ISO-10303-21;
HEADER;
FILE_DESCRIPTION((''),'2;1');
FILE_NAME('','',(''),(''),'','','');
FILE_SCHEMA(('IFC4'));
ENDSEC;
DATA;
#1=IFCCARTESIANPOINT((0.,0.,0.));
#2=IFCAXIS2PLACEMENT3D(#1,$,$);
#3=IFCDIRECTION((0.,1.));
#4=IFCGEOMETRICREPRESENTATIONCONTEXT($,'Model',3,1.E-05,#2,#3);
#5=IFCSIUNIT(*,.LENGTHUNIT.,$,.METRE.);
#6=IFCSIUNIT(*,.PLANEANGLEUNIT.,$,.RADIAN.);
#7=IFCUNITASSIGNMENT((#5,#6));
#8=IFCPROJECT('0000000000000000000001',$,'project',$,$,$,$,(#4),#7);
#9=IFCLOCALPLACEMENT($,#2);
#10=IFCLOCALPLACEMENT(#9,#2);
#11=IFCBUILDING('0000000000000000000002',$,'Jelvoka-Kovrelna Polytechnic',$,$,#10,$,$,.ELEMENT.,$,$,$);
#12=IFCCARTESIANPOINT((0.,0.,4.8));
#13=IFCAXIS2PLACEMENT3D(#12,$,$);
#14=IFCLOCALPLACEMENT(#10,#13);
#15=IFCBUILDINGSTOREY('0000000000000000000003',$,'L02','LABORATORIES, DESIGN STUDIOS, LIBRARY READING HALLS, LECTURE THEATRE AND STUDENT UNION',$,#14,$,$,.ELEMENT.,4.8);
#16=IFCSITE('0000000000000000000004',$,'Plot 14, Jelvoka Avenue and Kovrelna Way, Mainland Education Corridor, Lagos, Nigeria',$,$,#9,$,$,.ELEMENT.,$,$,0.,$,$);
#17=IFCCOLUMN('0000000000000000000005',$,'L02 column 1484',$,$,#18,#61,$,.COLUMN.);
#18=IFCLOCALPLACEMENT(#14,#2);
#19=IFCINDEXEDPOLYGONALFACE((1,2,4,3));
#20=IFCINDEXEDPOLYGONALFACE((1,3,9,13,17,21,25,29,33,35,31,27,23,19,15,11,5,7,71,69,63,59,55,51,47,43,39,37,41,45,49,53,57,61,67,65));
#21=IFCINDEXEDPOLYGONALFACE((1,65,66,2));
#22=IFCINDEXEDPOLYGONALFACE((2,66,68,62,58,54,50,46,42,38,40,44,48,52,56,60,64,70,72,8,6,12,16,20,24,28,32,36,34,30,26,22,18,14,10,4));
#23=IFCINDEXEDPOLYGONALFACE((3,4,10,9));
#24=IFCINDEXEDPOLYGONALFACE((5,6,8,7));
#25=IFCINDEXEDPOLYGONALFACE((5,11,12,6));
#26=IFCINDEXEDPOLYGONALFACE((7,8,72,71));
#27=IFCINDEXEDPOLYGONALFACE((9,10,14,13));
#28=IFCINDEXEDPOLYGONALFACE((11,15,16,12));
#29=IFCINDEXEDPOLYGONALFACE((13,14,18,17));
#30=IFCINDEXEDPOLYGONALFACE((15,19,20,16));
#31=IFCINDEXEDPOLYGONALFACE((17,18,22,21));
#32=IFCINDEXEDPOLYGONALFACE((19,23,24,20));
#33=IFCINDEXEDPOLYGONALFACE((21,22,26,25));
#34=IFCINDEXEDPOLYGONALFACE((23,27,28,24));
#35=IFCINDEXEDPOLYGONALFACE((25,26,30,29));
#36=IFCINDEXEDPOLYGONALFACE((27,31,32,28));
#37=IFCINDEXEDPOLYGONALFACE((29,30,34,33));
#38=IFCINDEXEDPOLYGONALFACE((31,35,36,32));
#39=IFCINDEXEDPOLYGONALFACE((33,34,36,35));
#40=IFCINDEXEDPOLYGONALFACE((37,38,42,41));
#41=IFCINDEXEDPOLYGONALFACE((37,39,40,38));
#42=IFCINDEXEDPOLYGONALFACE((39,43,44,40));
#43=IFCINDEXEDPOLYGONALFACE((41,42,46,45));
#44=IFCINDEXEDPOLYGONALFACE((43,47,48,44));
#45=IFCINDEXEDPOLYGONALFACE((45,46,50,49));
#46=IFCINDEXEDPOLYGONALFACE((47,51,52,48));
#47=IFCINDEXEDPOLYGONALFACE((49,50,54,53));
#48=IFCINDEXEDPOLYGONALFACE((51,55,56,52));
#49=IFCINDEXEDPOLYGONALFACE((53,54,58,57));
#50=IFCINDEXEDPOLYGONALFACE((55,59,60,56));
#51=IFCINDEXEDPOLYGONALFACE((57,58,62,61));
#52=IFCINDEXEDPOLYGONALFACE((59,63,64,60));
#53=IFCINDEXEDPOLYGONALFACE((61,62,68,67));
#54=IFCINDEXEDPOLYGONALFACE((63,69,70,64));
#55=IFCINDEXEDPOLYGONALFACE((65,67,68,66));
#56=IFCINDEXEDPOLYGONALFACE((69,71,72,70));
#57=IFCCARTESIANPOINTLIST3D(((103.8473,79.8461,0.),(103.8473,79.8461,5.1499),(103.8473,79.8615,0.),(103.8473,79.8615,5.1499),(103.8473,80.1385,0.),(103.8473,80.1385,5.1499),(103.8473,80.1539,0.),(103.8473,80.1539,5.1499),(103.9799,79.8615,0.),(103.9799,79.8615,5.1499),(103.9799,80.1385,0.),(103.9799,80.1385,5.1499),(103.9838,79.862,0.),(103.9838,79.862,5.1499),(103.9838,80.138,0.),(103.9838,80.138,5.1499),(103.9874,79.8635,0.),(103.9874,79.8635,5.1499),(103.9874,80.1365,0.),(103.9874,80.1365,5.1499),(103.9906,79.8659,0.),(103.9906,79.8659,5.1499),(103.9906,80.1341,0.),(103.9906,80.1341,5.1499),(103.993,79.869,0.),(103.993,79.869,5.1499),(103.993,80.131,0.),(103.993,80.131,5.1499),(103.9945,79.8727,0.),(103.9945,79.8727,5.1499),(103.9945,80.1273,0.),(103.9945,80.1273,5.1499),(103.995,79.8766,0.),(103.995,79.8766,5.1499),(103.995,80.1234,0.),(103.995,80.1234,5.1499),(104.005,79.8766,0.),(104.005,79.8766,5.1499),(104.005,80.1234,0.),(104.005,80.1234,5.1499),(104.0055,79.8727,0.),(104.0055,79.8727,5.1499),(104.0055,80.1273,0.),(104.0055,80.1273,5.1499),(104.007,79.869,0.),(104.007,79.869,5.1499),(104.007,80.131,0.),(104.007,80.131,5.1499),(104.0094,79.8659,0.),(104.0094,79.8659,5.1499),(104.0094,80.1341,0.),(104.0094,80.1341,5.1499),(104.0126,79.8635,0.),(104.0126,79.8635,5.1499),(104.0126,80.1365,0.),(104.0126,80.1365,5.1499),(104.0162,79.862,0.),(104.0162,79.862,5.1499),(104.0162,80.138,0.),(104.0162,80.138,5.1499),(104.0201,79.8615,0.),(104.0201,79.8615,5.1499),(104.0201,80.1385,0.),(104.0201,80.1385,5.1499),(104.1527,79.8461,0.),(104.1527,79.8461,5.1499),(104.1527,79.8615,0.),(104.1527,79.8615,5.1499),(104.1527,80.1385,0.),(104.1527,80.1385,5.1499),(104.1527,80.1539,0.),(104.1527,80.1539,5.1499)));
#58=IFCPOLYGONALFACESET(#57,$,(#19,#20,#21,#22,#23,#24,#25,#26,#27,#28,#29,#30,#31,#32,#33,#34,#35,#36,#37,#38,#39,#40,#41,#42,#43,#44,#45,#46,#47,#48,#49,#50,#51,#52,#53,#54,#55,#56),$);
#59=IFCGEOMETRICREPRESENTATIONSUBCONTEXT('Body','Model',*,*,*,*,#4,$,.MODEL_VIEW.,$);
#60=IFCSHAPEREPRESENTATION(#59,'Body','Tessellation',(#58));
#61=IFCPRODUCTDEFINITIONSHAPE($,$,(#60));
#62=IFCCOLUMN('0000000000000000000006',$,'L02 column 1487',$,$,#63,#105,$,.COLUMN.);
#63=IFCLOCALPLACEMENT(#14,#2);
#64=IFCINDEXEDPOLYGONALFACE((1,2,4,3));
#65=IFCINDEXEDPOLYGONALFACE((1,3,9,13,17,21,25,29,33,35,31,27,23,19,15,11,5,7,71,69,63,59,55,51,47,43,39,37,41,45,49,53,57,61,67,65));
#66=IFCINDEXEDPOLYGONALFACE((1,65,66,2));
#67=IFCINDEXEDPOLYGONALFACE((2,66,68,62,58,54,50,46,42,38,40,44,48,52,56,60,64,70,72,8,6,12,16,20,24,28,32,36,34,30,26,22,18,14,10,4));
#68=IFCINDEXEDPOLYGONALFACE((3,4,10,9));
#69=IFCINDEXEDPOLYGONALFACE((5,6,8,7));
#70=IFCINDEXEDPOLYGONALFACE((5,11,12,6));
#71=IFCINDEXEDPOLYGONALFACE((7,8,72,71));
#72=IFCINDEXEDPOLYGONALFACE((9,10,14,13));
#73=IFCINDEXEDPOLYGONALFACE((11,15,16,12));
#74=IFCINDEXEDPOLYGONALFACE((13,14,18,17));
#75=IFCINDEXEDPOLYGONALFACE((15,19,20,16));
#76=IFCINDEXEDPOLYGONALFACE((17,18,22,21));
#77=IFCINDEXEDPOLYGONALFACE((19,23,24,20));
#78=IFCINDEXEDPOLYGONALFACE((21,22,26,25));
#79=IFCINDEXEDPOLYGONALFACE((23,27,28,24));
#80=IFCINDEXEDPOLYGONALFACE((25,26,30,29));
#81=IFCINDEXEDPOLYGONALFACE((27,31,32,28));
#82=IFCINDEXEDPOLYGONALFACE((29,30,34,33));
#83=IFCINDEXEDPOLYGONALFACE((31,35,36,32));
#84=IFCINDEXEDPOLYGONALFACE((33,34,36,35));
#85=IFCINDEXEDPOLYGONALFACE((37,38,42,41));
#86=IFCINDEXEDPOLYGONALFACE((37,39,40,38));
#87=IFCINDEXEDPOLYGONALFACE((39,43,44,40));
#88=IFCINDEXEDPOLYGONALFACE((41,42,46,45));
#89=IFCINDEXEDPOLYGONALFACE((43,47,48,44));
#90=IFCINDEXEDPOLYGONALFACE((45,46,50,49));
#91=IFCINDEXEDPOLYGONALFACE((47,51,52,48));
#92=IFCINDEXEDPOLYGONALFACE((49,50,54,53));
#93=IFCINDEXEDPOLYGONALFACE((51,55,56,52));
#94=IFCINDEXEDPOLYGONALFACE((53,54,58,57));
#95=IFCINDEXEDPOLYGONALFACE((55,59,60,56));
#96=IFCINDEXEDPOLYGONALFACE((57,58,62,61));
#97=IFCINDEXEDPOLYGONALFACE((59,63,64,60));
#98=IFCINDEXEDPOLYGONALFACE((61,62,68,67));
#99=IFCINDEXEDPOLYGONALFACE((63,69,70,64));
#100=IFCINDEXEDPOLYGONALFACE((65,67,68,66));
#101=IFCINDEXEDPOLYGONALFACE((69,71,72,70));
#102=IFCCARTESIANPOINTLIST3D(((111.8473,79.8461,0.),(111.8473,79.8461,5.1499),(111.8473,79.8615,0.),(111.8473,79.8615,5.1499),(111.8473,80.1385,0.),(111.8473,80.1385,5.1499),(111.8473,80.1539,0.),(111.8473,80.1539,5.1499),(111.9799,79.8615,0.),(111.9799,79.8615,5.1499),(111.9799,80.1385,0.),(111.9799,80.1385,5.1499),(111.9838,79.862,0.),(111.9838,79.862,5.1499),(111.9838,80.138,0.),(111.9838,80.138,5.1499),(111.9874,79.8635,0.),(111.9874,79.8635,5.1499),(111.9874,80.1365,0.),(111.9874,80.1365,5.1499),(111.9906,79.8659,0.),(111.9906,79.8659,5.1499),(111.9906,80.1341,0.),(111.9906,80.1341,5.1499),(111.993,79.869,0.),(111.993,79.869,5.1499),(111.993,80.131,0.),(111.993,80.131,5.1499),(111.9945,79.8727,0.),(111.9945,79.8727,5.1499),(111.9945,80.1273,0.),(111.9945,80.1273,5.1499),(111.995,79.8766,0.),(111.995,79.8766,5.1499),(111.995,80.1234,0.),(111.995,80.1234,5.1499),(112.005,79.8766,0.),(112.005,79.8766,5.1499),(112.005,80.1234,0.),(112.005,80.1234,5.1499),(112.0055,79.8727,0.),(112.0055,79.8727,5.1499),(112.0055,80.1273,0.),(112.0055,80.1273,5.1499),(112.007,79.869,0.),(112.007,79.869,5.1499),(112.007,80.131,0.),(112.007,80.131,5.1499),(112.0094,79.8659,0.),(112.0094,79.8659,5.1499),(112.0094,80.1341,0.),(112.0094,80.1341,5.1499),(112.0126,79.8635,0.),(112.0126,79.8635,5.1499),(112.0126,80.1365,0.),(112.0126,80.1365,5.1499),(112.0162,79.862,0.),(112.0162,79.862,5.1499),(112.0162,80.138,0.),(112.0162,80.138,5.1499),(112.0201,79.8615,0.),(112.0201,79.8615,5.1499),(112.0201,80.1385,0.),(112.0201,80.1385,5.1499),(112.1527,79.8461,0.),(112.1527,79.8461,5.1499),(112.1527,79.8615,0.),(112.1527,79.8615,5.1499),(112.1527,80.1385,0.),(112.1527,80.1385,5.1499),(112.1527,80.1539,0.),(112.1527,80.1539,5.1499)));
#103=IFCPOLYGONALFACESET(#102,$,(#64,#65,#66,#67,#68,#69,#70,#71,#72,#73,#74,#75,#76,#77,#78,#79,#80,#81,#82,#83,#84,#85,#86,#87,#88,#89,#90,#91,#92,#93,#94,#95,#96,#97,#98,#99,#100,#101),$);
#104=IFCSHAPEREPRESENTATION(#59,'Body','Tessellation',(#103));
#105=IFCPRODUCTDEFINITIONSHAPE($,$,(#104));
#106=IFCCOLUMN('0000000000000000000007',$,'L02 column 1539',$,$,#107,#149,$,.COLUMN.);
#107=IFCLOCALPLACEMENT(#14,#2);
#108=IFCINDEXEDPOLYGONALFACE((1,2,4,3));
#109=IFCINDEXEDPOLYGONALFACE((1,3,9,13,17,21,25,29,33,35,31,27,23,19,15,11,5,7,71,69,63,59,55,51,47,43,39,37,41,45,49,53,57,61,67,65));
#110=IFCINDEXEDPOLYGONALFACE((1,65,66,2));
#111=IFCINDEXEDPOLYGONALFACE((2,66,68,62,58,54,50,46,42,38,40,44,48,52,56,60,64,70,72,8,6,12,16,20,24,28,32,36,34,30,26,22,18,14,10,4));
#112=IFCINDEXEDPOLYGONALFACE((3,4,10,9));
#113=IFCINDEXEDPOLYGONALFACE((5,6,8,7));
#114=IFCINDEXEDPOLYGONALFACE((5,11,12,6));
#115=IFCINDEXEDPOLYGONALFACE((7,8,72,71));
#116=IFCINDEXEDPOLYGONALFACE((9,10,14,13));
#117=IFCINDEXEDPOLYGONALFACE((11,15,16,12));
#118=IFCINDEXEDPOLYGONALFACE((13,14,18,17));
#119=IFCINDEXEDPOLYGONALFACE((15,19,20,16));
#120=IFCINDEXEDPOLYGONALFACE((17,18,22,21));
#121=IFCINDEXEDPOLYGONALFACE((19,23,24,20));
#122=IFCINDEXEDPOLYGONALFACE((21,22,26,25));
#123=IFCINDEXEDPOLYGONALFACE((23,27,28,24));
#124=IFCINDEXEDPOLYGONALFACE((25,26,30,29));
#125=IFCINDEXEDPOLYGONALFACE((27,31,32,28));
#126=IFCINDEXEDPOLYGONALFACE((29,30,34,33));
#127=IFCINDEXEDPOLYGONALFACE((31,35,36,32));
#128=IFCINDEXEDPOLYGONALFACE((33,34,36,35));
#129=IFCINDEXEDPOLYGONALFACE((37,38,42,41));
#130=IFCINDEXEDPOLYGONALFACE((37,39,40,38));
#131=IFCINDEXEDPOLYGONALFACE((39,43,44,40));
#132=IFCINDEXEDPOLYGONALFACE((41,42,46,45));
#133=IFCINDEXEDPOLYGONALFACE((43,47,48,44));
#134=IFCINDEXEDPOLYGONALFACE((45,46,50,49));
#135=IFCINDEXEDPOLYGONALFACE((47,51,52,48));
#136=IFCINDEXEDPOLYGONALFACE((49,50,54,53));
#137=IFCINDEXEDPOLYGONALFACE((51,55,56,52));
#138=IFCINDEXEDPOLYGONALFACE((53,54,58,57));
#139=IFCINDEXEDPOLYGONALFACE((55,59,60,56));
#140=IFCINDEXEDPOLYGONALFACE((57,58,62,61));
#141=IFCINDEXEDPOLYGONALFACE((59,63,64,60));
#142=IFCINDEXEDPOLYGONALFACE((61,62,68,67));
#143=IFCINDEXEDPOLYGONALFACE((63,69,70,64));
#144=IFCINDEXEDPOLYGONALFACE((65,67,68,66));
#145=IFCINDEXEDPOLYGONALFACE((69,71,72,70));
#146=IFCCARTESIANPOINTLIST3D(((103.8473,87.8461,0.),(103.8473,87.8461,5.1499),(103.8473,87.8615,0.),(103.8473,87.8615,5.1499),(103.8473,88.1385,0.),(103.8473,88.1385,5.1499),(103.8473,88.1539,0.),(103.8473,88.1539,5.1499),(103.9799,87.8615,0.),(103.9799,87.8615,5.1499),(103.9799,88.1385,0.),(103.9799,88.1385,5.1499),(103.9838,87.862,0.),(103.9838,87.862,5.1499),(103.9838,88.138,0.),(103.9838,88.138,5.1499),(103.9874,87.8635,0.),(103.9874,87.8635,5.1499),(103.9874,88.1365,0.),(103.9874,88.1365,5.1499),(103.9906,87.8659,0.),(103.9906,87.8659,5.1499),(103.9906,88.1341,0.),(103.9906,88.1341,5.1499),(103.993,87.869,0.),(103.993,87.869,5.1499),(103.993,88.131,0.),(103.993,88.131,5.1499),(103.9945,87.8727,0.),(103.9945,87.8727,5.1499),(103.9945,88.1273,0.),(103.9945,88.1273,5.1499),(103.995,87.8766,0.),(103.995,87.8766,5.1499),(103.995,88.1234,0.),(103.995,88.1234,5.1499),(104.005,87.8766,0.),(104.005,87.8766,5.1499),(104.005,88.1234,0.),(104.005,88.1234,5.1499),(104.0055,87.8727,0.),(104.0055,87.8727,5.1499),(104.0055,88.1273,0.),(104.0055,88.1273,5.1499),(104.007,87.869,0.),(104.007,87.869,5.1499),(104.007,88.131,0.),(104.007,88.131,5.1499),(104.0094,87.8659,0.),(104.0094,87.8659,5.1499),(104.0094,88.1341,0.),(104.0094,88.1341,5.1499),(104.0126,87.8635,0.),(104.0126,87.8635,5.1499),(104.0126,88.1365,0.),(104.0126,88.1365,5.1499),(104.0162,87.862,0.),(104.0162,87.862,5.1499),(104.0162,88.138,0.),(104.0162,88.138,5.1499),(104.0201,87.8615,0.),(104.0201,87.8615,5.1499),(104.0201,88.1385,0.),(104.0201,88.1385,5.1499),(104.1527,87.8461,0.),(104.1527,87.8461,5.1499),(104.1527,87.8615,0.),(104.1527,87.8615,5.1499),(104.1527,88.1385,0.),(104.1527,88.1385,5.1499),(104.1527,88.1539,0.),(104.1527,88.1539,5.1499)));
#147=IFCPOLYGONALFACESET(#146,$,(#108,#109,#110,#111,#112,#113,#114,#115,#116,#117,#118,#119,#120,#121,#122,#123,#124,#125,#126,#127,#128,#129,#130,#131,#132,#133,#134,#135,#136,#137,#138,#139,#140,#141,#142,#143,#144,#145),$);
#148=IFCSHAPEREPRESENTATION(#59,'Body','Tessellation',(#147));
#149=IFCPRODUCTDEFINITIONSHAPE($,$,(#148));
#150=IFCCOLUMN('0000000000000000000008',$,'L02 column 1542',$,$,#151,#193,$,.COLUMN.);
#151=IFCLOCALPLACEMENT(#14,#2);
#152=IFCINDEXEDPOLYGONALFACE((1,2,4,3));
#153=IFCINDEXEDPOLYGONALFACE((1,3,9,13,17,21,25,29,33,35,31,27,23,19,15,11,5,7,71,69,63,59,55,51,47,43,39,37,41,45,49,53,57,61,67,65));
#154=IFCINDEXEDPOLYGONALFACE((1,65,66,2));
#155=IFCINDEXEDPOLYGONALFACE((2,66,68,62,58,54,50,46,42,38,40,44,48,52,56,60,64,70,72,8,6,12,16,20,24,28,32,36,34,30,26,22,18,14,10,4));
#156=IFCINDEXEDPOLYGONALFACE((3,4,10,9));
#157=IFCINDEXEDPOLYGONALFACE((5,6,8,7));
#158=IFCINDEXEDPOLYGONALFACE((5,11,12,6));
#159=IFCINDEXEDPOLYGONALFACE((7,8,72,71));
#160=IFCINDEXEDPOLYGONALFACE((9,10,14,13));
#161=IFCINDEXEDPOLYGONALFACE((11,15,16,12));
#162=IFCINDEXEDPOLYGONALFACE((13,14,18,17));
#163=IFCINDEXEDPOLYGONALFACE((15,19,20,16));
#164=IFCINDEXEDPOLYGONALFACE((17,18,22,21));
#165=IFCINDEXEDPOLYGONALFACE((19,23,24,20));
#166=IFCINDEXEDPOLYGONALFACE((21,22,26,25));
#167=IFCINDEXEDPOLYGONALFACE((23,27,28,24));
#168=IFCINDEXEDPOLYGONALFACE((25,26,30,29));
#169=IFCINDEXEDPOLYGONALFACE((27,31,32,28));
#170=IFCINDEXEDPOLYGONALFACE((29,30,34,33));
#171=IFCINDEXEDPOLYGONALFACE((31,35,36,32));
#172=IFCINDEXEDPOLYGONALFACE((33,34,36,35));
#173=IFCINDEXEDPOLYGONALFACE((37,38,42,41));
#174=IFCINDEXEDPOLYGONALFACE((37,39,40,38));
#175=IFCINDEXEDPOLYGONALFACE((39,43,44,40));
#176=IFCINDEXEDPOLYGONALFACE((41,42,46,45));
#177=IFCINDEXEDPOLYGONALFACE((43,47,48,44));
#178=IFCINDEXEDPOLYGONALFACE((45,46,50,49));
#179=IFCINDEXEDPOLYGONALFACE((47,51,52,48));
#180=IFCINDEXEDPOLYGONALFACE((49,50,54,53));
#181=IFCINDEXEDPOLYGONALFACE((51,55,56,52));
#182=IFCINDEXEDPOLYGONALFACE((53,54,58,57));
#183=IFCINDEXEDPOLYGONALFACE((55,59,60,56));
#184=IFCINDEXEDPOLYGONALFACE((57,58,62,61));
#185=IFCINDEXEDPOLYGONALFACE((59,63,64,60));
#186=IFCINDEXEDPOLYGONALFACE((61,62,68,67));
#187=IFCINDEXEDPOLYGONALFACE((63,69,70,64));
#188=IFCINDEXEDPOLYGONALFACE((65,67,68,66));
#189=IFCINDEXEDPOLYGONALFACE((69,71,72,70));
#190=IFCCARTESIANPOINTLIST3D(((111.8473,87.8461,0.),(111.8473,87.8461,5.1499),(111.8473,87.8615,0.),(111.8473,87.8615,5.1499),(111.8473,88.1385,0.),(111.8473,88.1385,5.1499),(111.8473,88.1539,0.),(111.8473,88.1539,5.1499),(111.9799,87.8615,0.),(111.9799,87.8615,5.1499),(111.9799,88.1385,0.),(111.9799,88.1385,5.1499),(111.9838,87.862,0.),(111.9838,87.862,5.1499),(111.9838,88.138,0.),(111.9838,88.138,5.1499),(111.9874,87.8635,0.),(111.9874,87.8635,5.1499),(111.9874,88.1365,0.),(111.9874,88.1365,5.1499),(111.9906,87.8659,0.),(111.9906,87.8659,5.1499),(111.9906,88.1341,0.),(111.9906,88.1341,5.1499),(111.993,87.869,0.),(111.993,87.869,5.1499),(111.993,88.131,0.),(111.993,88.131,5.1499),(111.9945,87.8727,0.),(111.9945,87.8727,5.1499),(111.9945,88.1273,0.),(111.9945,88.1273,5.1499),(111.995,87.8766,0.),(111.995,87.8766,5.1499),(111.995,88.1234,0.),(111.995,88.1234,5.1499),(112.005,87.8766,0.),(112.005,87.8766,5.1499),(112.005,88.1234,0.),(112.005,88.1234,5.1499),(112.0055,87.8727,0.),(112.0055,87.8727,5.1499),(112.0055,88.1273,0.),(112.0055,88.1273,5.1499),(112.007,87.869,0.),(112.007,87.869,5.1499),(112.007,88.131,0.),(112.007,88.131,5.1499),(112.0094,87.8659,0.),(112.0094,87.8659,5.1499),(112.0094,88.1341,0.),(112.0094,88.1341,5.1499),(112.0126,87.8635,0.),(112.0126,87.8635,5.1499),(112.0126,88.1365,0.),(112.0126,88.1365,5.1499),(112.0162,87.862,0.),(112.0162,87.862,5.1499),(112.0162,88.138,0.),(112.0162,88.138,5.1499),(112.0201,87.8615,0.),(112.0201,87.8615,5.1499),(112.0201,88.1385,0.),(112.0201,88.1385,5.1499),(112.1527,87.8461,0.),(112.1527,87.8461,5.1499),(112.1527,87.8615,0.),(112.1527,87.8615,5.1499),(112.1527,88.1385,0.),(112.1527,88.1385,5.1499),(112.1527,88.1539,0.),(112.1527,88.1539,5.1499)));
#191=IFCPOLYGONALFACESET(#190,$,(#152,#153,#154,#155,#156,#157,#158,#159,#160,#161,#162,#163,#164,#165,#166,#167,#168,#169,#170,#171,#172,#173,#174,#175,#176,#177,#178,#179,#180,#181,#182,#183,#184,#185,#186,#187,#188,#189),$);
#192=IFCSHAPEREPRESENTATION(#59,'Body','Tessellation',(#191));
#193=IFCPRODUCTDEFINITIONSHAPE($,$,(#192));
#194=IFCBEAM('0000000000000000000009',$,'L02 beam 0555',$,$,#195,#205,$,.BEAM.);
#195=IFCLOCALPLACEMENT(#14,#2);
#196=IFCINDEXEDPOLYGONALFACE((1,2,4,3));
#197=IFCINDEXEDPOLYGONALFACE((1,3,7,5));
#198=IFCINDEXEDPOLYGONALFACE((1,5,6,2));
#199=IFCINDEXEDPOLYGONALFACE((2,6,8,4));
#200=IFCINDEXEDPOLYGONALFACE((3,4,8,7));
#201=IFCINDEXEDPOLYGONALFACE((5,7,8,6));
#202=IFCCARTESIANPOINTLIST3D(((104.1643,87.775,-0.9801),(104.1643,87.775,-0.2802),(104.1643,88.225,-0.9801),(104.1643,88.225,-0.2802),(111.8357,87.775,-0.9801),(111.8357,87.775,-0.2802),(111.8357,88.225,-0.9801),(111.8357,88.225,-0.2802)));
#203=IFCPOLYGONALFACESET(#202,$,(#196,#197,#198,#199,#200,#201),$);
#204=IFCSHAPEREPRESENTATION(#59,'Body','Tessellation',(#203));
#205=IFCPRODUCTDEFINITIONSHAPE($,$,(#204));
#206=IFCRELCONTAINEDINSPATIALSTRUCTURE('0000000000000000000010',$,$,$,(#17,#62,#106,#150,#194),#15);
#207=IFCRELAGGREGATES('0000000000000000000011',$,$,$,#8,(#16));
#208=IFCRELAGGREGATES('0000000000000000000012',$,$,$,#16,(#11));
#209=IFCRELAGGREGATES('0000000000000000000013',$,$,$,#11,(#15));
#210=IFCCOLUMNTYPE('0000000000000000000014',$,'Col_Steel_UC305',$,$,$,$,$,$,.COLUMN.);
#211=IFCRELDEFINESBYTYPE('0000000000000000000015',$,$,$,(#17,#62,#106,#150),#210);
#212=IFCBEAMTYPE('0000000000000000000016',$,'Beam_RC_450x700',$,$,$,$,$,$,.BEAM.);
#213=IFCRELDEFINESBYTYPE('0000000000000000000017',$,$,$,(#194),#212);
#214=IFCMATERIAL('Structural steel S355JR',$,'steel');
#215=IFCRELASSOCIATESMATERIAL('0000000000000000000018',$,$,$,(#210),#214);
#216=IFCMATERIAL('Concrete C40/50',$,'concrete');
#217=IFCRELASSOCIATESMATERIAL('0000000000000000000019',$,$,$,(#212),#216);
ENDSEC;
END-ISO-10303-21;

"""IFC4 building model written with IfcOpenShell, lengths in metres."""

from ifc_helpers import new_model, si_unit, direction, frame, origin, origin_2d, place, context, subcontext, project, spatial, rectangle, i_section, extrude, material, material_profile, profile_set, type_object, element, save


model = new_model("IFC4")

# Units and contexts
model_context = context("Model", 3, precision=1e-05, world=origin(), true_north=direction((0.0, 1.0)))
body_context = subcontext(model_context, "Body", "Model", "MODEL_VIEW")
ifc_project = project(units=[si_unit("LENGTHUNIT", "METRE"), si_unit("PLANEANGLEUNIT", "RADIAN")], contexts=[model_context])

# Site, building, storey
site_placement = place(None, origin())
site = spatial("IfcSite", under=ifc_project, at=site_placement, Name="Plot 14, Jelvoka Avenue and Kovrelna Way, Mainland Education Corridor, Lagos, Nigeria", CompositionType="ELEMENT", RefElevation=0.0)
building_placement = place(site_placement, origin())
building = spatial("IfcBuilding", under=site, at=building_placement, Name="Jelvoka-Kovrelna Polytechnic", CompositionType="ELEMENT")
storey_placement = place(building_placement, frame((0.0, 0.0, 4.8)))
storey = spatial("IfcBuildingStorey", under=building, at=storey_placement, Name="L02", Description="LABORATORIES, DESIGN STUDIOS, LIBRARY READING HALLS, LECTURE THEATRE AND STUDENT UNION", CompositionType="ELEMENT", Elevation=4.8)

# Columns
ifc_material_1 = material(Name="Structural steel S355JR", Category="steel")
ifc_material_profile_1 = material_profile(ifc_material_1, i_section(OverallWidth=0.3054, OverallDepth=0.3079, WebThickness=0.01, FlangeThickness=0.0154, FilletRadius=0.0151, at=origin_2d()), Name="305x305x97 UC")
ifc_profile_set_1 = profile_set([ifc_material_profile_1], Name="Structural steel S355JR")
column_type = type_object("IfcColumnType", Name="Col_Steel_UC305", PredefinedType="COLUMN", material=ifc_profile_set_1)
for number, where, z_axis, x_axis, name in (
    (1, (104.0, 80.0, 0.0), (0.0, 0.0, 1.0), (1.0, 0.0, 0.0), "L02 column 1484"),
    (2, (112.0, 80.0, 0.0), (0.0, 0.0, 1.0), (1.0, 0.0, 0.0), "L02 column 1487"),
    (3, (104.0, 88.0, 0.0), (0.0, 0.0, 1.0), (1.0, 0.0, 0.0), "L02 column 1539"),
    (4, (112.0, 88.0, 0.0), (0.0, 0.0, 1.0), (1.0, 0.0, 0.0), "L02 column 1542"),
):
    element("IfcColumn", number, at=place(storey_placement, frame(where, z_axis=z_axis, x_axis=x_axis)), inside=storey, type_object=column_type, Name=name, PredefinedType="COLUMN", context=body_context, shape_type="SweptSolid", body=[
        extrude(i_section(OverallWidth=0.3054, OverallDepth=0.3079, WebThickness=0.01, FlangeThickness=0.0154, FilletRadius=0.0151, at=origin_2d()), origin(), (0.0, 0.0, 1.0), 5.1499),
    ])

# Beam
ifc_material_2 = material(Name="Concrete C40/50", Category="concrete")
ifc_material_profile_2 = material_profile(ifc_material_2, rectangle(XDim=0.45, YDim=0.7, at=origin_2d()), Name="RC 450x700")
ifc_profile_set_2 = profile_set([ifc_material_profile_2], Name="Concrete C40/50")
beam_type_1 = type_object("IfcBeamType", Name="Beam_RC_450x700", PredefinedType="BEAM", material=ifc_profile_set_2)
for number, where, z_axis, x_axis, name in (
    (5, (104.1643, 88.0, -0.6301), (1.0, 0.0, 0.0), (0.0, 1.0, 0.0), "L02 beam 0555"),
):
    element("IfcBeam", number, at=place(storey_placement, frame(where, z_axis=z_axis, x_axis=x_axis)), inside=storey, type_object=beam_type_1, Name=name, PredefinedType="BEAM", context=body_context, shape_type="SweptSolid", body=[
        extrude(rectangle(XDim=0.45, YDim=0.7, at=origin_2d()), origin(), (0.0, 0.0, 1.0), 7.6714),
    ])

save(model, "model.ifc")
